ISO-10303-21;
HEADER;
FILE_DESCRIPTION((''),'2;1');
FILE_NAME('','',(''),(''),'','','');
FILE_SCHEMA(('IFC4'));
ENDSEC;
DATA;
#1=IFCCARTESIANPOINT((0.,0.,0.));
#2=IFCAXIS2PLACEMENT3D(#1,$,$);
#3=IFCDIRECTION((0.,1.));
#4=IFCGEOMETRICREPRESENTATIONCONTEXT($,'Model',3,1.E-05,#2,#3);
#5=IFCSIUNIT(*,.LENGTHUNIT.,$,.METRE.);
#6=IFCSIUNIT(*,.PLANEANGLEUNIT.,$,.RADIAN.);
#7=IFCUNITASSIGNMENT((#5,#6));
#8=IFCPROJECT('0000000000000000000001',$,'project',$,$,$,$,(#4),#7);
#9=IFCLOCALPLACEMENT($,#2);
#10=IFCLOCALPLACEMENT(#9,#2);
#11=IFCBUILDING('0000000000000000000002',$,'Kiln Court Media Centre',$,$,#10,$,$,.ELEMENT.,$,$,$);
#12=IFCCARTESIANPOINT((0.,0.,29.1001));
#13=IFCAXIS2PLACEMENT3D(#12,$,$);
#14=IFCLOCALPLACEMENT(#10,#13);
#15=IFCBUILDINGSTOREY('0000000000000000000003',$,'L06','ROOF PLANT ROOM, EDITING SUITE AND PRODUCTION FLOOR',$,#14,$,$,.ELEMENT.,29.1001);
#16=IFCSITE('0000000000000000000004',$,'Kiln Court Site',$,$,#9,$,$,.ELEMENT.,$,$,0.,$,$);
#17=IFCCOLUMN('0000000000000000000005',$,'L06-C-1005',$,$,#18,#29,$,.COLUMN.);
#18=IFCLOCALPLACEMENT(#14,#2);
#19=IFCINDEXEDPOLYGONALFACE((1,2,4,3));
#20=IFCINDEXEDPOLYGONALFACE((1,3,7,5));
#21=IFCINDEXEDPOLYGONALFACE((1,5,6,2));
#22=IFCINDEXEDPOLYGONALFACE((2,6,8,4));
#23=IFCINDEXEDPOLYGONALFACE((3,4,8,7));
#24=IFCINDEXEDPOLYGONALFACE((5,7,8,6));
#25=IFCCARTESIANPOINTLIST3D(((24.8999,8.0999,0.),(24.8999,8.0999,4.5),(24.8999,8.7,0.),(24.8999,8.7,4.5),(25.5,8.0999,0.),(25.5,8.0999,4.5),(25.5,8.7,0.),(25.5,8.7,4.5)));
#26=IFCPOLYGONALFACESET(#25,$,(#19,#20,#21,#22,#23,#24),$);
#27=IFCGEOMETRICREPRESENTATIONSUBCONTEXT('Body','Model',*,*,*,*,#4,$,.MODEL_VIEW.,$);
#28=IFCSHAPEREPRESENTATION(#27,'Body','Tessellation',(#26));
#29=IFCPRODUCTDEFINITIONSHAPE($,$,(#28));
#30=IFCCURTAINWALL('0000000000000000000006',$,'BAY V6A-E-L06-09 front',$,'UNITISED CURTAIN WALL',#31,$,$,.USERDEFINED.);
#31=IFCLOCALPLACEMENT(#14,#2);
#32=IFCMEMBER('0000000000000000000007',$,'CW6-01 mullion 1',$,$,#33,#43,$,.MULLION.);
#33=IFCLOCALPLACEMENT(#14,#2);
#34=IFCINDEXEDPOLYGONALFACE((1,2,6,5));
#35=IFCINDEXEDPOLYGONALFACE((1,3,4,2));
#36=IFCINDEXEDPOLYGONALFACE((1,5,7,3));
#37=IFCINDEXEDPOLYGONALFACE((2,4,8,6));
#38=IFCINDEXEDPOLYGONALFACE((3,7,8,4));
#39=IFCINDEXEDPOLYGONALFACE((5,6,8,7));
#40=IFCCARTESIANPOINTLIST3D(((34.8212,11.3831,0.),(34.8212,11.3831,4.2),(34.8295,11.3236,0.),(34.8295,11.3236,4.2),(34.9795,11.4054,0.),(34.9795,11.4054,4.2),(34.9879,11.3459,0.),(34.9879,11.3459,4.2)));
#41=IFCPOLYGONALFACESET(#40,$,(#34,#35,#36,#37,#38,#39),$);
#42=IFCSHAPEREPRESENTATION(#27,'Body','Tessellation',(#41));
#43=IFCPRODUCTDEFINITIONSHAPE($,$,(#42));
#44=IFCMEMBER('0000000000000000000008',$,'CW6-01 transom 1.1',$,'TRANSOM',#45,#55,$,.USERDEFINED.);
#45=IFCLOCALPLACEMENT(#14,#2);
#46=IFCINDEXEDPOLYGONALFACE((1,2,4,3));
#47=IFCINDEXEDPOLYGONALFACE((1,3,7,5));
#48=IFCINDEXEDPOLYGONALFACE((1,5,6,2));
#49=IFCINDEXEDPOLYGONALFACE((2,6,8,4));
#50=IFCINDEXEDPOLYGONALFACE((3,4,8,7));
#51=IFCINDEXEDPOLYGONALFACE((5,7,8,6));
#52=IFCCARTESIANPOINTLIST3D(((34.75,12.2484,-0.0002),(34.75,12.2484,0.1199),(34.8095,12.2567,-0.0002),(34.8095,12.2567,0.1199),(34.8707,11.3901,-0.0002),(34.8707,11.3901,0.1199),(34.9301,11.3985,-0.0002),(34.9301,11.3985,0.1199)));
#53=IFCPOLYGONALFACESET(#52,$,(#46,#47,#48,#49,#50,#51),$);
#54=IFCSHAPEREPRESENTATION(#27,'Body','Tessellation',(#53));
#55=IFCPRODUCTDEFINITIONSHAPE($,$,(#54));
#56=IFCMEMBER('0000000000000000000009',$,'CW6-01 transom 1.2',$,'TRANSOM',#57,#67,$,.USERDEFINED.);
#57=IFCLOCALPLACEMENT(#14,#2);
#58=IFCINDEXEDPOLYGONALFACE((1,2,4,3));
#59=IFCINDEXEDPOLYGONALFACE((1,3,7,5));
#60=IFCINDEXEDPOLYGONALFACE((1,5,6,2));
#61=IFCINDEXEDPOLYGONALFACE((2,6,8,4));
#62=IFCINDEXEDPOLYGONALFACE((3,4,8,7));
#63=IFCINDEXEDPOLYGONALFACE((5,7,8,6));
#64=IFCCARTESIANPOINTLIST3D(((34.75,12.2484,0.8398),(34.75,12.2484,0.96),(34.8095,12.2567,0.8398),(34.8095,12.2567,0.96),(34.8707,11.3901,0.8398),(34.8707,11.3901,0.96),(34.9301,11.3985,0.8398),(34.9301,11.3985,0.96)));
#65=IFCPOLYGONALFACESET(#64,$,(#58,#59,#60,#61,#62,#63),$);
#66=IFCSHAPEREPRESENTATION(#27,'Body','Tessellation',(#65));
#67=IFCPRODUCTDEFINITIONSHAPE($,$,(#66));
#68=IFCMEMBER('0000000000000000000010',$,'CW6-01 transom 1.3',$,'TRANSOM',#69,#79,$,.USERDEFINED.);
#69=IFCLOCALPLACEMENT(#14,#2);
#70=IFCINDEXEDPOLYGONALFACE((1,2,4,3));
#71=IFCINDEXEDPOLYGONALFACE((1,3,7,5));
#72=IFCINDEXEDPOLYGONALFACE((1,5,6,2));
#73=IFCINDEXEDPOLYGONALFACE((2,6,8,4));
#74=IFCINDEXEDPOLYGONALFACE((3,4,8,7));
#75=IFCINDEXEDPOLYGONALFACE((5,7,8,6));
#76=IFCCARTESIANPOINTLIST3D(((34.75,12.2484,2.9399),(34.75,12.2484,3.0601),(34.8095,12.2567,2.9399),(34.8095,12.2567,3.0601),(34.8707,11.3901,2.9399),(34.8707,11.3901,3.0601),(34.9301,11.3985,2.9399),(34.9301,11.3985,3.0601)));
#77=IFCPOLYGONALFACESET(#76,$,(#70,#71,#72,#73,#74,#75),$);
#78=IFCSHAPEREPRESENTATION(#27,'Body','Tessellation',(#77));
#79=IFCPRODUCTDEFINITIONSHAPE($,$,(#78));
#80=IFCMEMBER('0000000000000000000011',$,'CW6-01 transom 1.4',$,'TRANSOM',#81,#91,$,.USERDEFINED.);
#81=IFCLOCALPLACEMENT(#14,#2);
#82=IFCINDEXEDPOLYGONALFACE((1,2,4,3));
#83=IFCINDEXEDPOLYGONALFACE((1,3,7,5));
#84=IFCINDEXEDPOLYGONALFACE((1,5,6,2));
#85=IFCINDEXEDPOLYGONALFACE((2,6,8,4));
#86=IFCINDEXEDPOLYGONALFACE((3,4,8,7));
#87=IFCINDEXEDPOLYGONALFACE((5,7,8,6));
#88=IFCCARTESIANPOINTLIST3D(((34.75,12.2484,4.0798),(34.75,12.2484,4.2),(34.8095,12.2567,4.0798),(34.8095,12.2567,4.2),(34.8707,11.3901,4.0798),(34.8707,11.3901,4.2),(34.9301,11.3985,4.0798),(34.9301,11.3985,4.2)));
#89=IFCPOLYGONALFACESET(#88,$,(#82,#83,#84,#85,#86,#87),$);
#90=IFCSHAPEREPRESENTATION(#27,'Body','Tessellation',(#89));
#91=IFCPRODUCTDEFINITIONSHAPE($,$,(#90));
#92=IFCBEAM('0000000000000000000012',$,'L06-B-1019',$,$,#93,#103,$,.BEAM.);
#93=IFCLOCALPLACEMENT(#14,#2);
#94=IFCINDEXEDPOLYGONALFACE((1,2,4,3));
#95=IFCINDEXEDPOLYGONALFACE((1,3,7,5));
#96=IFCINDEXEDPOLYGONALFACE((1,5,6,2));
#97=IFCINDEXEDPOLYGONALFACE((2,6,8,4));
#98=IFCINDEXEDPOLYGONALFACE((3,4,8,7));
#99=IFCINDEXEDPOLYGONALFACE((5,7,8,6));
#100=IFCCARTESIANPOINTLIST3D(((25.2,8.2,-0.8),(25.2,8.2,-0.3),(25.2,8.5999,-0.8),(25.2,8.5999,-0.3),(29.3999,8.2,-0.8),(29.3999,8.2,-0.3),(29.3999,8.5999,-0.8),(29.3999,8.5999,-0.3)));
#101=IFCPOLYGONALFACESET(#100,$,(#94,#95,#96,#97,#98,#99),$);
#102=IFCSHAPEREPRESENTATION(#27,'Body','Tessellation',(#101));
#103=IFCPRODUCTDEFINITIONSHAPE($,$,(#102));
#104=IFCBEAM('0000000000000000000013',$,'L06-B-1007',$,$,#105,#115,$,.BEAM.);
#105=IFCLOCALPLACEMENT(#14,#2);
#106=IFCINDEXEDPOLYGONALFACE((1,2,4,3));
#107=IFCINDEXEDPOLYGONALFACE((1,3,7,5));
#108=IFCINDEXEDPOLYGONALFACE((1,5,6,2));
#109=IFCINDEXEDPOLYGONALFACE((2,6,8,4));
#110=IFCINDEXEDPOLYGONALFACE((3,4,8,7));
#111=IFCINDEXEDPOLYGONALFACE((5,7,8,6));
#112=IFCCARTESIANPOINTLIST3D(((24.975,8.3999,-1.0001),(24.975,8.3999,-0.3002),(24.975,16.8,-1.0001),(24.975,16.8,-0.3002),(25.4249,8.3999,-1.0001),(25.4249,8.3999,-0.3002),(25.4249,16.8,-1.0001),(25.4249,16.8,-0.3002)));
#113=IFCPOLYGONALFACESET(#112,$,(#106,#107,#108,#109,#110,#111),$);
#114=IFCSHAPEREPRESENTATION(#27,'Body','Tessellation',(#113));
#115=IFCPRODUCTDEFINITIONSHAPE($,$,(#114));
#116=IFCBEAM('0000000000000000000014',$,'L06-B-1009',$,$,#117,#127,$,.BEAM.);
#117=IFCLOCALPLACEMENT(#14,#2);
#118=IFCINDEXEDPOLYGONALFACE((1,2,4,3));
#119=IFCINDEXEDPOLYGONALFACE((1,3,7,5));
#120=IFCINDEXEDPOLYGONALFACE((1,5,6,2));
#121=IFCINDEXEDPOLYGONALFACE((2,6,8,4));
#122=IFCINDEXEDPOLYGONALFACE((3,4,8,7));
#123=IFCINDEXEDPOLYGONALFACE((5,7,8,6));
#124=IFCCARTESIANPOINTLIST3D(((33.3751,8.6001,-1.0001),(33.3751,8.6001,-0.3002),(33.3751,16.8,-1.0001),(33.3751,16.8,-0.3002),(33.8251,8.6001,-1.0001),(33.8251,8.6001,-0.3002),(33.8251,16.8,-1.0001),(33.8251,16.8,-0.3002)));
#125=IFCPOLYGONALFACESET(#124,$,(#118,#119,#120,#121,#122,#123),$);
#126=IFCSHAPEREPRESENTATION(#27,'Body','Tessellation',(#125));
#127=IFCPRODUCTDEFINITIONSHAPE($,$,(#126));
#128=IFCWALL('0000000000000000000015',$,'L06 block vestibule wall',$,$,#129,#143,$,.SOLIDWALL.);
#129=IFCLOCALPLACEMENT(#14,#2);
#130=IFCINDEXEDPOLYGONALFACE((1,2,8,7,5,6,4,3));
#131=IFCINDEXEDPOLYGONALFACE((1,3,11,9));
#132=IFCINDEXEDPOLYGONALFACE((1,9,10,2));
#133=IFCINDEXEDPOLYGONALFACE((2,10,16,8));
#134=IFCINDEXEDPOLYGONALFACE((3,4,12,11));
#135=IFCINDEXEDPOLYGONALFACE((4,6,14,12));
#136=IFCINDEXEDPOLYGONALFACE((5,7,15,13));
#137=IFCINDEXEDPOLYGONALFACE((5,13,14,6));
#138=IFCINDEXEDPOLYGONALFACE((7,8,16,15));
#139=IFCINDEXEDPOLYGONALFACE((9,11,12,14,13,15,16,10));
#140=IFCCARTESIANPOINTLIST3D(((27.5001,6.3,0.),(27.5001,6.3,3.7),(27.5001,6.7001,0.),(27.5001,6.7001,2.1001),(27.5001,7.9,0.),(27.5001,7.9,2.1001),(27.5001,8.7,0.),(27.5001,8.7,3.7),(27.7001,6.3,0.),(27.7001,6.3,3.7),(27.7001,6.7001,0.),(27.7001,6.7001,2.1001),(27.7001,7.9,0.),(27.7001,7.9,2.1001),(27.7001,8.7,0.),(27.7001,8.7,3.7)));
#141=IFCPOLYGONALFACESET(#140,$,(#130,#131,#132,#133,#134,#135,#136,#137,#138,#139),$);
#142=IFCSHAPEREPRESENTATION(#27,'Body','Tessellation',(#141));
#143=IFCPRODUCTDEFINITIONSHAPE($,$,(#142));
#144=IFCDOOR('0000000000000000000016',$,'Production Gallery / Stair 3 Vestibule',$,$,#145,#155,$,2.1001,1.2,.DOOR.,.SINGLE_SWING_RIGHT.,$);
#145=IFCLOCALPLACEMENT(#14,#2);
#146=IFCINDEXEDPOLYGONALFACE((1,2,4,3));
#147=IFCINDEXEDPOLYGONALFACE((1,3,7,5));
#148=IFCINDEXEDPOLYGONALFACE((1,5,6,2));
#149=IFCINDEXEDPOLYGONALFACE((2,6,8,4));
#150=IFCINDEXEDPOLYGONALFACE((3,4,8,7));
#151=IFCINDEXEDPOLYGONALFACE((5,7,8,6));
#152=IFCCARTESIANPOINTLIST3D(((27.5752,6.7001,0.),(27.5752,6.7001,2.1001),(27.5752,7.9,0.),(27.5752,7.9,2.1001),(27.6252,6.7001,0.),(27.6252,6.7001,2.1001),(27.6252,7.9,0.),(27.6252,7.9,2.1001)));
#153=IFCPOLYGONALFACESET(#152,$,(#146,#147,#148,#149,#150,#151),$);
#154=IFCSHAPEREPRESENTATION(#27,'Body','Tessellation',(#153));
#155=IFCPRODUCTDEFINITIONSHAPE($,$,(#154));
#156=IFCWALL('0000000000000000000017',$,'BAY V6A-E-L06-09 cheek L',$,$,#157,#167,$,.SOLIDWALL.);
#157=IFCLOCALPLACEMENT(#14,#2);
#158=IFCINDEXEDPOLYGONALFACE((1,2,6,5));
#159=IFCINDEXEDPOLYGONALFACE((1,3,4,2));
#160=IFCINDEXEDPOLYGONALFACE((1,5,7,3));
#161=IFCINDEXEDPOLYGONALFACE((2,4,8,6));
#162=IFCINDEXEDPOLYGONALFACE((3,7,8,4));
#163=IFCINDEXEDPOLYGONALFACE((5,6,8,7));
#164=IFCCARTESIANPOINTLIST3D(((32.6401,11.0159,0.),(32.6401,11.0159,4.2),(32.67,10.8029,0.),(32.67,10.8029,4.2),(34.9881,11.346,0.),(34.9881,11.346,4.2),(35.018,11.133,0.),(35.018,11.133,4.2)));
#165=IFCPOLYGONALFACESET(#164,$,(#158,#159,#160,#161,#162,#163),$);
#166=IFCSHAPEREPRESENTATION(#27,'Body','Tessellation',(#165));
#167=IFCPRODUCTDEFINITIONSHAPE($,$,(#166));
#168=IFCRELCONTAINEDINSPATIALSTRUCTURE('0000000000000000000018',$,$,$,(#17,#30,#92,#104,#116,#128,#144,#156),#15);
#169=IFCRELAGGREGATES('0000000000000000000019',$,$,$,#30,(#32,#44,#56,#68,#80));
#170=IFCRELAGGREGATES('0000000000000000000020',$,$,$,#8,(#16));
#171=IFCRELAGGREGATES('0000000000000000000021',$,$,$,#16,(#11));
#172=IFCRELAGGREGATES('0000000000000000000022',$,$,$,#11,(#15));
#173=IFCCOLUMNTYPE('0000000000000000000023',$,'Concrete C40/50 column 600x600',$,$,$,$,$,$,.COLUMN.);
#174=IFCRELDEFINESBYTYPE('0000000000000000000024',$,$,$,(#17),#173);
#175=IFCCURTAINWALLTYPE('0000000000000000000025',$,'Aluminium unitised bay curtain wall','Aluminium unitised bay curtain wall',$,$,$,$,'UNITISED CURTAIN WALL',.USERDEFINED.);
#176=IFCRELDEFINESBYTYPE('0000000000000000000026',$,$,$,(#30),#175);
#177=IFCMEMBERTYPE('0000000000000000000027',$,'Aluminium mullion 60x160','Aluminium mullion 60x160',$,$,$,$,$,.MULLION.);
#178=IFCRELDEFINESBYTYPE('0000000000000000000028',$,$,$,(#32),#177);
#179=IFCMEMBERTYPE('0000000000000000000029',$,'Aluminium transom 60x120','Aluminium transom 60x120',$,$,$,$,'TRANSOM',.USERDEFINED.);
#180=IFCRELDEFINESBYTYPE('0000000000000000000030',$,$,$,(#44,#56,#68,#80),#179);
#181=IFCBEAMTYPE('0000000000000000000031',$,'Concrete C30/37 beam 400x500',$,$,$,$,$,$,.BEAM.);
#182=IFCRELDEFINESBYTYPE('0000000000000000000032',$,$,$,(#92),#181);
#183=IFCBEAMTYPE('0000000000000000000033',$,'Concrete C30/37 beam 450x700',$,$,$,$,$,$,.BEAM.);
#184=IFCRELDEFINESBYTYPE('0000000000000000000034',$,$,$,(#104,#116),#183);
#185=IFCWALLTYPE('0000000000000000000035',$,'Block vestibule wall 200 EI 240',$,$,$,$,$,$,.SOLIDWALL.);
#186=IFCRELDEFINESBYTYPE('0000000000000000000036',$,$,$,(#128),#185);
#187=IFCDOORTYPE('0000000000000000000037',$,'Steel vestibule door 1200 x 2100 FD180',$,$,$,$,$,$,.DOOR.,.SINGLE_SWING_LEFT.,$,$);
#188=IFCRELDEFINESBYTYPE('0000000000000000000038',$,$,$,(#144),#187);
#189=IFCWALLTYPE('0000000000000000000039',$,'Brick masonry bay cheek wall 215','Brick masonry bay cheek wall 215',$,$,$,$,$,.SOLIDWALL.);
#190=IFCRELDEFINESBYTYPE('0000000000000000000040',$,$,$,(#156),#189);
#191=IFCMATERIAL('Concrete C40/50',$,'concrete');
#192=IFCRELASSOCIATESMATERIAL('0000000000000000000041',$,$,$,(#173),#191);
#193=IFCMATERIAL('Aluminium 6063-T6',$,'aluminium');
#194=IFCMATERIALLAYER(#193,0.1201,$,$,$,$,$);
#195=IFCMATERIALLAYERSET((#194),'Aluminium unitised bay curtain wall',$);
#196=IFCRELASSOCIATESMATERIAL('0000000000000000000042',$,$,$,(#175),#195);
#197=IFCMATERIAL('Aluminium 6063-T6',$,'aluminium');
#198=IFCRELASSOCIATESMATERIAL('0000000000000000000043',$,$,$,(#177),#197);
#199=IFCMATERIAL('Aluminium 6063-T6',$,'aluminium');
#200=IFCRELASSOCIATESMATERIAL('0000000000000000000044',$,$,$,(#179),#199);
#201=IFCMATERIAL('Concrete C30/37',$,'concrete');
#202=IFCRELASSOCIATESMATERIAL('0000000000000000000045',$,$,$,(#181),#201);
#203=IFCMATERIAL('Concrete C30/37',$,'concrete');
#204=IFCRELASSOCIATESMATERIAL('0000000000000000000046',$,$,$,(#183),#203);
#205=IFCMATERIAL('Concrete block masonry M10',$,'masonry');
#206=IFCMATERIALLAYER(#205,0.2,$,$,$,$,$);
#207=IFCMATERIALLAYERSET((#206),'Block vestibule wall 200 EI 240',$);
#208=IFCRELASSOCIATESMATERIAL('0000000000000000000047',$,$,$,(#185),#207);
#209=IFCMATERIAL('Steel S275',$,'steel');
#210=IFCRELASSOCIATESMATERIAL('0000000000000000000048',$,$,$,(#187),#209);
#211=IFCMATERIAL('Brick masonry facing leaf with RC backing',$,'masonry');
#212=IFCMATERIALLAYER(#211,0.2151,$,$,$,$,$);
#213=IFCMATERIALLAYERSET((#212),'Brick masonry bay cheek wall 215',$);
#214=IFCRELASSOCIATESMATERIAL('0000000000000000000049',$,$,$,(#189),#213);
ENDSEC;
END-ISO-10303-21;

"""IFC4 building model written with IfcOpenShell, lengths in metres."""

from ifc_helpers import new_model, si_unit, direction, frame, frame_2d, origin, origin_2d, place, context, subcontext, project, spatial, rectangle, extrude, material, layer, layer_set, material_profile, profile_set, type_object, element, fill, aggregate, save


model = new_model("IFC4")

# Units and contexts
model_context = context("Model", 3, precision=1e-05, world=origin(), true_north=direction((0.0, 1.0)))
body_context = subcontext(model_context, "Body", "Model", "MODEL_VIEW")
ifc_project = project(units=[si_unit("LENGTHUNIT", "METRE"), si_unit("PLANEANGLEUNIT", "RADIAN")], contexts=[model_context])

# Site, building, storey
site_placement = place(None, origin())
site = spatial("IfcSite", under=ifc_project, at=site_placement, Name="Kiln Court Site", CompositionType="ELEMENT", RefElevation=0.0)
building_placement = place(site_placement, origin())
building = spatial("IfcBuilding", under=site, at=building_placement, Name="Kiln Court Media Centre", CompositionType="ELEMENT")
storey_placement = place(building_placement, frame((0.0, 0.0, 29.1001)))
storey = spatial("IfcBuildingStorey", under=building, at=storey_placement, Name="L06", Description="ROOF PLANT ROOM, EDITING SUITE AND PRODUCTION FLOOR", CompositionType="ELEMENT", Elevation=29.1001)

# Column
ifc_material_1 = material(Name="Concrete C40/50", Category="concrete")
ifc_material_profile_1 = material_profile(ifc_material_1, rectangle(XDim=0.6001, YDim=0.6001, at=origin_2d()), Name="RC 600x600")
ifc_profile_set_1 = profile_set([ifc_material_profile_1], Name="Concrete C40/50")
column_type = type_object("IfcColumnType", Name="Concrete C40/50 column 600x600", PredefinedType="COLUMN", material=ifc_profile_set_1)
column_placement = place(storey_placement, frame((25.2, 8.3999, 0.0), z_axis=(0.0, 0.0, 1.0), x_axis=(1.0, 0.0, 0.0)))
element("IfcColumn", 1, at=column_placement, inside=storey, type_object=column_type, Name="L06-C-1005", PredefinedType="COLUMN", context=body_context, shape_type="SweptSolid", body=[
    extrude(rectangle(XDim=0.6001, YDim=0.6001, at=origin_2d()), origin(), (0.0, 0.0, 1.0), 4.5),
])

# Curtain wall, members
ifc_material_2 = material(Name="Aluminium 6063-T6", Category="aluminium")
ifc_layer_1 = layer(ifc_material_2, 0.1201)
ifc_layer_set_1 = layer_set([ifc_layer_1], Name="Aluminium unitised bay curtain wall")
curtain_wall_type = type_object("IfcCurtainWallType", Name="Aluminium unitised bay curtain wall", Description="Aluminium unitised bay curtain wall", ElementType="UNITISED CURTAIN WALL", PredefinedType="USERDEFINED", material=ifc_layer_set_1)
curtain_wall_placement = place(storey_placement, origin())
curtain_wall = element("IfcCurtainWall", 2, at=curtain_wall_placement, inside=storey, type_object=curtain_wall_type, Name="BAY V6A-E-L06-09 front", ObjectType="UNITISED CURTAIN WALL", PredefinedType="USERDEFINED")
ifc_material_3 = material(Name="Aluminium 6063-T6", Category="aluminium")
ifc_material_profile_2 = material_profile(ifc_material_3, rectangle(XDim=0.0601, YDim=0.1599, at=origin_2d()), Name="Aluminium mullion 60x160")
ifc_profile_set_2 = profile_set([ifc_material_profile_2], Name="Aluminium 6063-T6")
member_type_1 = type_object("IfcMemberType", Name="Aluminium mullion 60x160", Description="Aluminium mullion 60x160", PredefinedType="MULLION", material=ifc_profile_set_2)
member_1_placement = place(storey_placement, frame((34.9045, 11.3645, 0.0), z_axis=(0.0, 0.0, 1.0), x_axis=(-0.139162, 0.99027, 0.0)))
member_1 = element("IfcMember", 3, at=member_1_placement, type_object=member_type_1, Name="CW6-01 mullion 1", PredefinedType="MULLION", context=body_context, shape_type="SweptSolid", body=[
    extrude(rectangle(XDim=0.0601, YDim=0.1599, at=origin_2d()), origin(), (0.0, 0.0, 1.0), 4.2),
])
ifc_material_4 = material(Name="Aluminium 6063-T6", Category="aluminium")
ifc_material_profile_3 = material_profile(ifc_material_4, rectangle(XDim=0.0601, YDim=0.1201, at=origin_2d()), Name="Aluminium transom 60x120")
ifc_profile_set_3 = profile_set([ifc_material_profile_3], Name="Aluminium 6063-T6")
member_type_2 = type_object("IfcMemberType", Name="Aluminium transom 60x120", Description="Aluminium transom 60x120", ElementType="TRANSOM", PredefinedType="USERDEFINED", material=ifc_profile_set_3)
member_2_placement = place(storey_placement, frame((34.9004, 11.3943, 0.0598), z_axis=(-0.139173, 0.990268, 0.0), x_axis=(-0.990268, -0.139173, 0.0)))
member_2 = element("IfcMember", 4, at=member_2_placement, type_object=member_type_2, Name="CW6-01 transom 1.1", ObjectType="TRANSOM", PredefinedType="USERDEFINED", context=body_context, shape_type="SweptSolid", body=[
    extrude(rectangle(XDim=0.0601, YDim=0.1201, at=origin_2d()), origin(), (0.0, 0.0, 1.0), 0.8667),
])
member_3_placement = place(storey_placement, frame((34.9004, 11.3943, 0.8999), z_axis=(-0.139173, 0.990268, 0.0), x_axis=(-0.990268, -0.139173, 0.0)))
member_3 = element("IfcMember", 5, at=member_3_placement, type_object=member_type_2, Name="CW6-01 transom 1.2", ObjectType="TRANSOM", PredefinedType="USERDEFINED", context=body_context, shape_type="SweptSolid", body=[
    extrude(rectangle(XDim=0.0601, YDim=0.1201, at=origin_2d()), origin(), (0.0, 0.0, 1.0), 0.8667),
])
member_4_placement = place(storey_placement, frame((34.9004, 11.3943, 3.0), z_axis=(-0.139173, 0.990268, 0.0), x_axis=(-0.990268, -0.139173, 0.0)))
member_4 = element("IfcMember", 6, at=member_4_placement, type_object=member_type_2, Name="CW6-01 transom 1.3", ObjectType="TRANSOM", PredefinedType="USERDEFINED", context=body_context, shape_type="SweptSolid", body=[
    extrude(rectangle(XDim=0.0601, YDim=0.1201, at=origin_2d()), origin(), (0.0, 0.0, 1.0), 0.8667),
])
member_5_placement = place(storey_placement, frame((34.9004, 11.3943, 4.1399), z_axis=(-0.139173, 0.990268, 0.0), x_axis=(-0.990268, -0.139173, 0.0)))
member_5 = element("IfcMember", 7, at=member_5_placement, type_object=member_type_2, Name="CW6-01 transom 1.4", ObjectType="TRANSOM", PredefinedType="USERDEFINED", context=body_context, shape_type="SweptSolid", body=[
    extrude(rectangle(XDim=0.0601, YDim=0.1201, at=origin_2d()), origin(), (0.0, 0.0, 1.0), 0.8667),
])
aggregate(curtain_wall, [member_1, member_2, member_3, member_4, member_5])

# Beams
ifc_material_5 = material(Name="Concrete C30/37", Category="concrete")
ifc_material_profile_4 = material_profile(ifc_material_5, rectangle(XDim=0.3999, YDim=0.5, at=origin_2d()), Name="RC 400x500")
ifc_profile_set_4 = profile_set([ifc_material_profile_4], Name="Concrete C30/37")
beam_type_1 = type_object("IfcBeamType", Name="Concrete C30/37 beam 400x500", PredefinedType="BEAM", material=ifc_profile_set_4)
beam_1_placement = place(storey_placement, frame((25.2, 8.3999, -0.55), z_axis=(1.0, 0.0, 0.0), x_axis=(0.0, 1.0, 0.0)))
element("IfcBeam", 8, at=beam_1_placement, inside=storey, type_object=beam_type_1, Name="L06-B-1019", PredefinedType="BEAM", context=body_context, shape_type="SweptSolid", body=[
    extrude(rectangle(XDim=0.3999, YDim=0.5, at=origin_2d()), origin(), (0.0, 0.0, 1.0), 4.2),
])
ifc_material_6 = material(Name="Concrete C30/37", Category="concrete")
ifc_material_profile_5 = material_profile(ifc_material_6, rectangle(XDim=0.45, YDim=0.7, at=origin_2d()), Name="RC 450x700")
ifc_profile_set_5 = profile_set([ifc_material_profile_5], Name="Concrete C30/37")
beam_type_2 = type_object("IfcBeamType", Name="Concrete C30/37 beam 450x700", PredefinedType="BEAM", material=ifc_profile_set_5)
beam_2_placement = place(storey_placement, frame((25.2, 8.3999, -0.6501), z_axis=(0.0, 1.0, 0.0), x_axis=(-1.0, 0.0, 0.0)))
element("IfcBeam", 9, at=beam_2_placement, inside=storey, type_object=beam_type_2, Name="L06-B-1007", PredefinedType="BEAM", context=body_context, shape_type="SweptSolid", body=[
    extrude(rectangle(XDim=0.45, YDim=0.7, at=origin_2d()), origin(), (0.0, 0.0, 1.0), 8.4001),
])
beam_3_placement = place(storey_placement, frame((33.6001, 8.6001, -0.6501), z_axis=(0.0, 1.0, 0.0), x_axis=(-1.0, 0.0, 0.0)))
element("IfcBeam", 10, at=beam_3_placement, inside=storey, type_object=beam_type_2, Name="L06-B-1009", PredefinedType="BEAM", context=body_context, shape_type="SweptSolid", body=[
    extrude(rectangle(XDim=0.45, YDim=0.7, at=origin_2d()), origin(), (0.0, 0.0, 1.0), 8.2),
])

# Wall, opening, door
ifc_material_7 = material(Name="Concrete block masonry M10", Category="masonry")
ifc_layer_2 = layer(ifc_material_7, 0.2)
ifc_layer_set_2 = layer_set([ifc_layer_2], Name="Block vestibule wall 200 EI 240")
wall_type_1 = type_object("IfcWallType", Name="Block vestibule wall 200 EI 240", PredefinedType="SOLIDWALL", material=ifc_layer_set_2)
wall_1_placement = place(storey_placement, frame((27.6001, 6.3, 0.0), z_axis=(0.0, 0.0, 1.0), x_axis=(0.0, 1.0, 0.0)))
wall_1 = element("IfcWall", 11, at=wall_1_placement, inside=storey, type_object=wall_type_1, Name="L06 block vestibule wall", PredefinedType="SOLIDWALL", context=body_context, shape_type="SweptSolid", body=[
    extrude(rectangle(XDim=2.3999, YDim=0.2, at=frame_2d((1.2, 0.0))), origin(), (0.0, 0.0, 1.0), 3.7),
])
opening_1_placement = place(wall_1_placement, frame((0.3999, 0.0, 0.0)))
opening_1 = element("IfcOpeningElement", 12, at=opening_1_placement, cuts=wall_1, PredefinedType="OPENING", context=body_context, shape_type="SweptSolid", body=[
    extrude(rectangle(XDim=1.2, YDim=2.1001, at=frame_2d((0.6001, 1.05))), frame((0.0, 0.1099, 0.0), z_axis=(0.0, -1.0, 0.0), x_axis=(1.0, 0.0, 0.0)), (0.0, 0.0, 1.0), 0.22),
])
ifc_material_8 = material(Name="Steel S275", Category="steel")
door_type_1 = type_object("IfcDoorType", Name="Steel vestibule door 1200 x 2100 FD180", OperationType="SINGLE_SWING_LEFT", PredefinedType="DOOR", material=ifc_material_8)
door_1_placement = place(opening_1_placement, origin())
door_1 = element("IfcDoor", 13, at=door_1_placement, inside=storey, type_object=door_type_1, Name="Production Gallery / Stair 3 Vestibule", OperationType="SINGLE_SWING_RIGHT", OverallHeight=2.1001, OverallWidth=1.2, PredefinedType="DOOR", context=body_context, shape_type="SweptSolid", body=[
    extrude(rectangle(XDim=1.2, YDim=2.1001, at=frame_2d((0.6001, 1.05))), frame((0.0, 0.0249, 0.0), z_axis=(0.0, -1.0, 0.0), x_axis=(1.0, 0.0, 0.0)), (0.0, 0.0, 1.0), 0.05),
])
fill(opening_1, door_1)

# Wall
ifc_material_9 = material(Name="Brick masonry facing leaf with RC backing", Category="masonry")
ifc_layer_3 = layer(ifc_material_9, 0.2151)
ifc_layer_set_3 = layer_set([ifc_layer_3], Name="Brick masonry bay cheek wall 215")
wall_type_2 = type_object("IfcWallType", Name="Brick masonry bay cheek wall 215", Description="Brick masonry bay cheek wall 215", PredefinedType="SOLIDWALL", material=ifc_layer_set_3)
wall_2_placement = place(storey_placement, frame((32.655, 10.9094, 0.0), z_axis=(0.0, 0.0, 1.0), x_axis=(0.990262, 0.139215, 0.0)))
element("IfcWall", 14, at=wall_2_placement, inside=storey, type_object=wall_type_2, Name="BAY V6A-E-L06-09 cheek L", PredefinedType="SOLIDWALL", context=body_context, shape_type="SweptSolid", body=[
    extrude(rectangle(XDim=2.3711, YDim=0.2151, at=frame_2d((1.1855, 0.0))), origin(), (0.0, 0.0, 1.0), 4.2),
])

save(model, "model.ifc")
